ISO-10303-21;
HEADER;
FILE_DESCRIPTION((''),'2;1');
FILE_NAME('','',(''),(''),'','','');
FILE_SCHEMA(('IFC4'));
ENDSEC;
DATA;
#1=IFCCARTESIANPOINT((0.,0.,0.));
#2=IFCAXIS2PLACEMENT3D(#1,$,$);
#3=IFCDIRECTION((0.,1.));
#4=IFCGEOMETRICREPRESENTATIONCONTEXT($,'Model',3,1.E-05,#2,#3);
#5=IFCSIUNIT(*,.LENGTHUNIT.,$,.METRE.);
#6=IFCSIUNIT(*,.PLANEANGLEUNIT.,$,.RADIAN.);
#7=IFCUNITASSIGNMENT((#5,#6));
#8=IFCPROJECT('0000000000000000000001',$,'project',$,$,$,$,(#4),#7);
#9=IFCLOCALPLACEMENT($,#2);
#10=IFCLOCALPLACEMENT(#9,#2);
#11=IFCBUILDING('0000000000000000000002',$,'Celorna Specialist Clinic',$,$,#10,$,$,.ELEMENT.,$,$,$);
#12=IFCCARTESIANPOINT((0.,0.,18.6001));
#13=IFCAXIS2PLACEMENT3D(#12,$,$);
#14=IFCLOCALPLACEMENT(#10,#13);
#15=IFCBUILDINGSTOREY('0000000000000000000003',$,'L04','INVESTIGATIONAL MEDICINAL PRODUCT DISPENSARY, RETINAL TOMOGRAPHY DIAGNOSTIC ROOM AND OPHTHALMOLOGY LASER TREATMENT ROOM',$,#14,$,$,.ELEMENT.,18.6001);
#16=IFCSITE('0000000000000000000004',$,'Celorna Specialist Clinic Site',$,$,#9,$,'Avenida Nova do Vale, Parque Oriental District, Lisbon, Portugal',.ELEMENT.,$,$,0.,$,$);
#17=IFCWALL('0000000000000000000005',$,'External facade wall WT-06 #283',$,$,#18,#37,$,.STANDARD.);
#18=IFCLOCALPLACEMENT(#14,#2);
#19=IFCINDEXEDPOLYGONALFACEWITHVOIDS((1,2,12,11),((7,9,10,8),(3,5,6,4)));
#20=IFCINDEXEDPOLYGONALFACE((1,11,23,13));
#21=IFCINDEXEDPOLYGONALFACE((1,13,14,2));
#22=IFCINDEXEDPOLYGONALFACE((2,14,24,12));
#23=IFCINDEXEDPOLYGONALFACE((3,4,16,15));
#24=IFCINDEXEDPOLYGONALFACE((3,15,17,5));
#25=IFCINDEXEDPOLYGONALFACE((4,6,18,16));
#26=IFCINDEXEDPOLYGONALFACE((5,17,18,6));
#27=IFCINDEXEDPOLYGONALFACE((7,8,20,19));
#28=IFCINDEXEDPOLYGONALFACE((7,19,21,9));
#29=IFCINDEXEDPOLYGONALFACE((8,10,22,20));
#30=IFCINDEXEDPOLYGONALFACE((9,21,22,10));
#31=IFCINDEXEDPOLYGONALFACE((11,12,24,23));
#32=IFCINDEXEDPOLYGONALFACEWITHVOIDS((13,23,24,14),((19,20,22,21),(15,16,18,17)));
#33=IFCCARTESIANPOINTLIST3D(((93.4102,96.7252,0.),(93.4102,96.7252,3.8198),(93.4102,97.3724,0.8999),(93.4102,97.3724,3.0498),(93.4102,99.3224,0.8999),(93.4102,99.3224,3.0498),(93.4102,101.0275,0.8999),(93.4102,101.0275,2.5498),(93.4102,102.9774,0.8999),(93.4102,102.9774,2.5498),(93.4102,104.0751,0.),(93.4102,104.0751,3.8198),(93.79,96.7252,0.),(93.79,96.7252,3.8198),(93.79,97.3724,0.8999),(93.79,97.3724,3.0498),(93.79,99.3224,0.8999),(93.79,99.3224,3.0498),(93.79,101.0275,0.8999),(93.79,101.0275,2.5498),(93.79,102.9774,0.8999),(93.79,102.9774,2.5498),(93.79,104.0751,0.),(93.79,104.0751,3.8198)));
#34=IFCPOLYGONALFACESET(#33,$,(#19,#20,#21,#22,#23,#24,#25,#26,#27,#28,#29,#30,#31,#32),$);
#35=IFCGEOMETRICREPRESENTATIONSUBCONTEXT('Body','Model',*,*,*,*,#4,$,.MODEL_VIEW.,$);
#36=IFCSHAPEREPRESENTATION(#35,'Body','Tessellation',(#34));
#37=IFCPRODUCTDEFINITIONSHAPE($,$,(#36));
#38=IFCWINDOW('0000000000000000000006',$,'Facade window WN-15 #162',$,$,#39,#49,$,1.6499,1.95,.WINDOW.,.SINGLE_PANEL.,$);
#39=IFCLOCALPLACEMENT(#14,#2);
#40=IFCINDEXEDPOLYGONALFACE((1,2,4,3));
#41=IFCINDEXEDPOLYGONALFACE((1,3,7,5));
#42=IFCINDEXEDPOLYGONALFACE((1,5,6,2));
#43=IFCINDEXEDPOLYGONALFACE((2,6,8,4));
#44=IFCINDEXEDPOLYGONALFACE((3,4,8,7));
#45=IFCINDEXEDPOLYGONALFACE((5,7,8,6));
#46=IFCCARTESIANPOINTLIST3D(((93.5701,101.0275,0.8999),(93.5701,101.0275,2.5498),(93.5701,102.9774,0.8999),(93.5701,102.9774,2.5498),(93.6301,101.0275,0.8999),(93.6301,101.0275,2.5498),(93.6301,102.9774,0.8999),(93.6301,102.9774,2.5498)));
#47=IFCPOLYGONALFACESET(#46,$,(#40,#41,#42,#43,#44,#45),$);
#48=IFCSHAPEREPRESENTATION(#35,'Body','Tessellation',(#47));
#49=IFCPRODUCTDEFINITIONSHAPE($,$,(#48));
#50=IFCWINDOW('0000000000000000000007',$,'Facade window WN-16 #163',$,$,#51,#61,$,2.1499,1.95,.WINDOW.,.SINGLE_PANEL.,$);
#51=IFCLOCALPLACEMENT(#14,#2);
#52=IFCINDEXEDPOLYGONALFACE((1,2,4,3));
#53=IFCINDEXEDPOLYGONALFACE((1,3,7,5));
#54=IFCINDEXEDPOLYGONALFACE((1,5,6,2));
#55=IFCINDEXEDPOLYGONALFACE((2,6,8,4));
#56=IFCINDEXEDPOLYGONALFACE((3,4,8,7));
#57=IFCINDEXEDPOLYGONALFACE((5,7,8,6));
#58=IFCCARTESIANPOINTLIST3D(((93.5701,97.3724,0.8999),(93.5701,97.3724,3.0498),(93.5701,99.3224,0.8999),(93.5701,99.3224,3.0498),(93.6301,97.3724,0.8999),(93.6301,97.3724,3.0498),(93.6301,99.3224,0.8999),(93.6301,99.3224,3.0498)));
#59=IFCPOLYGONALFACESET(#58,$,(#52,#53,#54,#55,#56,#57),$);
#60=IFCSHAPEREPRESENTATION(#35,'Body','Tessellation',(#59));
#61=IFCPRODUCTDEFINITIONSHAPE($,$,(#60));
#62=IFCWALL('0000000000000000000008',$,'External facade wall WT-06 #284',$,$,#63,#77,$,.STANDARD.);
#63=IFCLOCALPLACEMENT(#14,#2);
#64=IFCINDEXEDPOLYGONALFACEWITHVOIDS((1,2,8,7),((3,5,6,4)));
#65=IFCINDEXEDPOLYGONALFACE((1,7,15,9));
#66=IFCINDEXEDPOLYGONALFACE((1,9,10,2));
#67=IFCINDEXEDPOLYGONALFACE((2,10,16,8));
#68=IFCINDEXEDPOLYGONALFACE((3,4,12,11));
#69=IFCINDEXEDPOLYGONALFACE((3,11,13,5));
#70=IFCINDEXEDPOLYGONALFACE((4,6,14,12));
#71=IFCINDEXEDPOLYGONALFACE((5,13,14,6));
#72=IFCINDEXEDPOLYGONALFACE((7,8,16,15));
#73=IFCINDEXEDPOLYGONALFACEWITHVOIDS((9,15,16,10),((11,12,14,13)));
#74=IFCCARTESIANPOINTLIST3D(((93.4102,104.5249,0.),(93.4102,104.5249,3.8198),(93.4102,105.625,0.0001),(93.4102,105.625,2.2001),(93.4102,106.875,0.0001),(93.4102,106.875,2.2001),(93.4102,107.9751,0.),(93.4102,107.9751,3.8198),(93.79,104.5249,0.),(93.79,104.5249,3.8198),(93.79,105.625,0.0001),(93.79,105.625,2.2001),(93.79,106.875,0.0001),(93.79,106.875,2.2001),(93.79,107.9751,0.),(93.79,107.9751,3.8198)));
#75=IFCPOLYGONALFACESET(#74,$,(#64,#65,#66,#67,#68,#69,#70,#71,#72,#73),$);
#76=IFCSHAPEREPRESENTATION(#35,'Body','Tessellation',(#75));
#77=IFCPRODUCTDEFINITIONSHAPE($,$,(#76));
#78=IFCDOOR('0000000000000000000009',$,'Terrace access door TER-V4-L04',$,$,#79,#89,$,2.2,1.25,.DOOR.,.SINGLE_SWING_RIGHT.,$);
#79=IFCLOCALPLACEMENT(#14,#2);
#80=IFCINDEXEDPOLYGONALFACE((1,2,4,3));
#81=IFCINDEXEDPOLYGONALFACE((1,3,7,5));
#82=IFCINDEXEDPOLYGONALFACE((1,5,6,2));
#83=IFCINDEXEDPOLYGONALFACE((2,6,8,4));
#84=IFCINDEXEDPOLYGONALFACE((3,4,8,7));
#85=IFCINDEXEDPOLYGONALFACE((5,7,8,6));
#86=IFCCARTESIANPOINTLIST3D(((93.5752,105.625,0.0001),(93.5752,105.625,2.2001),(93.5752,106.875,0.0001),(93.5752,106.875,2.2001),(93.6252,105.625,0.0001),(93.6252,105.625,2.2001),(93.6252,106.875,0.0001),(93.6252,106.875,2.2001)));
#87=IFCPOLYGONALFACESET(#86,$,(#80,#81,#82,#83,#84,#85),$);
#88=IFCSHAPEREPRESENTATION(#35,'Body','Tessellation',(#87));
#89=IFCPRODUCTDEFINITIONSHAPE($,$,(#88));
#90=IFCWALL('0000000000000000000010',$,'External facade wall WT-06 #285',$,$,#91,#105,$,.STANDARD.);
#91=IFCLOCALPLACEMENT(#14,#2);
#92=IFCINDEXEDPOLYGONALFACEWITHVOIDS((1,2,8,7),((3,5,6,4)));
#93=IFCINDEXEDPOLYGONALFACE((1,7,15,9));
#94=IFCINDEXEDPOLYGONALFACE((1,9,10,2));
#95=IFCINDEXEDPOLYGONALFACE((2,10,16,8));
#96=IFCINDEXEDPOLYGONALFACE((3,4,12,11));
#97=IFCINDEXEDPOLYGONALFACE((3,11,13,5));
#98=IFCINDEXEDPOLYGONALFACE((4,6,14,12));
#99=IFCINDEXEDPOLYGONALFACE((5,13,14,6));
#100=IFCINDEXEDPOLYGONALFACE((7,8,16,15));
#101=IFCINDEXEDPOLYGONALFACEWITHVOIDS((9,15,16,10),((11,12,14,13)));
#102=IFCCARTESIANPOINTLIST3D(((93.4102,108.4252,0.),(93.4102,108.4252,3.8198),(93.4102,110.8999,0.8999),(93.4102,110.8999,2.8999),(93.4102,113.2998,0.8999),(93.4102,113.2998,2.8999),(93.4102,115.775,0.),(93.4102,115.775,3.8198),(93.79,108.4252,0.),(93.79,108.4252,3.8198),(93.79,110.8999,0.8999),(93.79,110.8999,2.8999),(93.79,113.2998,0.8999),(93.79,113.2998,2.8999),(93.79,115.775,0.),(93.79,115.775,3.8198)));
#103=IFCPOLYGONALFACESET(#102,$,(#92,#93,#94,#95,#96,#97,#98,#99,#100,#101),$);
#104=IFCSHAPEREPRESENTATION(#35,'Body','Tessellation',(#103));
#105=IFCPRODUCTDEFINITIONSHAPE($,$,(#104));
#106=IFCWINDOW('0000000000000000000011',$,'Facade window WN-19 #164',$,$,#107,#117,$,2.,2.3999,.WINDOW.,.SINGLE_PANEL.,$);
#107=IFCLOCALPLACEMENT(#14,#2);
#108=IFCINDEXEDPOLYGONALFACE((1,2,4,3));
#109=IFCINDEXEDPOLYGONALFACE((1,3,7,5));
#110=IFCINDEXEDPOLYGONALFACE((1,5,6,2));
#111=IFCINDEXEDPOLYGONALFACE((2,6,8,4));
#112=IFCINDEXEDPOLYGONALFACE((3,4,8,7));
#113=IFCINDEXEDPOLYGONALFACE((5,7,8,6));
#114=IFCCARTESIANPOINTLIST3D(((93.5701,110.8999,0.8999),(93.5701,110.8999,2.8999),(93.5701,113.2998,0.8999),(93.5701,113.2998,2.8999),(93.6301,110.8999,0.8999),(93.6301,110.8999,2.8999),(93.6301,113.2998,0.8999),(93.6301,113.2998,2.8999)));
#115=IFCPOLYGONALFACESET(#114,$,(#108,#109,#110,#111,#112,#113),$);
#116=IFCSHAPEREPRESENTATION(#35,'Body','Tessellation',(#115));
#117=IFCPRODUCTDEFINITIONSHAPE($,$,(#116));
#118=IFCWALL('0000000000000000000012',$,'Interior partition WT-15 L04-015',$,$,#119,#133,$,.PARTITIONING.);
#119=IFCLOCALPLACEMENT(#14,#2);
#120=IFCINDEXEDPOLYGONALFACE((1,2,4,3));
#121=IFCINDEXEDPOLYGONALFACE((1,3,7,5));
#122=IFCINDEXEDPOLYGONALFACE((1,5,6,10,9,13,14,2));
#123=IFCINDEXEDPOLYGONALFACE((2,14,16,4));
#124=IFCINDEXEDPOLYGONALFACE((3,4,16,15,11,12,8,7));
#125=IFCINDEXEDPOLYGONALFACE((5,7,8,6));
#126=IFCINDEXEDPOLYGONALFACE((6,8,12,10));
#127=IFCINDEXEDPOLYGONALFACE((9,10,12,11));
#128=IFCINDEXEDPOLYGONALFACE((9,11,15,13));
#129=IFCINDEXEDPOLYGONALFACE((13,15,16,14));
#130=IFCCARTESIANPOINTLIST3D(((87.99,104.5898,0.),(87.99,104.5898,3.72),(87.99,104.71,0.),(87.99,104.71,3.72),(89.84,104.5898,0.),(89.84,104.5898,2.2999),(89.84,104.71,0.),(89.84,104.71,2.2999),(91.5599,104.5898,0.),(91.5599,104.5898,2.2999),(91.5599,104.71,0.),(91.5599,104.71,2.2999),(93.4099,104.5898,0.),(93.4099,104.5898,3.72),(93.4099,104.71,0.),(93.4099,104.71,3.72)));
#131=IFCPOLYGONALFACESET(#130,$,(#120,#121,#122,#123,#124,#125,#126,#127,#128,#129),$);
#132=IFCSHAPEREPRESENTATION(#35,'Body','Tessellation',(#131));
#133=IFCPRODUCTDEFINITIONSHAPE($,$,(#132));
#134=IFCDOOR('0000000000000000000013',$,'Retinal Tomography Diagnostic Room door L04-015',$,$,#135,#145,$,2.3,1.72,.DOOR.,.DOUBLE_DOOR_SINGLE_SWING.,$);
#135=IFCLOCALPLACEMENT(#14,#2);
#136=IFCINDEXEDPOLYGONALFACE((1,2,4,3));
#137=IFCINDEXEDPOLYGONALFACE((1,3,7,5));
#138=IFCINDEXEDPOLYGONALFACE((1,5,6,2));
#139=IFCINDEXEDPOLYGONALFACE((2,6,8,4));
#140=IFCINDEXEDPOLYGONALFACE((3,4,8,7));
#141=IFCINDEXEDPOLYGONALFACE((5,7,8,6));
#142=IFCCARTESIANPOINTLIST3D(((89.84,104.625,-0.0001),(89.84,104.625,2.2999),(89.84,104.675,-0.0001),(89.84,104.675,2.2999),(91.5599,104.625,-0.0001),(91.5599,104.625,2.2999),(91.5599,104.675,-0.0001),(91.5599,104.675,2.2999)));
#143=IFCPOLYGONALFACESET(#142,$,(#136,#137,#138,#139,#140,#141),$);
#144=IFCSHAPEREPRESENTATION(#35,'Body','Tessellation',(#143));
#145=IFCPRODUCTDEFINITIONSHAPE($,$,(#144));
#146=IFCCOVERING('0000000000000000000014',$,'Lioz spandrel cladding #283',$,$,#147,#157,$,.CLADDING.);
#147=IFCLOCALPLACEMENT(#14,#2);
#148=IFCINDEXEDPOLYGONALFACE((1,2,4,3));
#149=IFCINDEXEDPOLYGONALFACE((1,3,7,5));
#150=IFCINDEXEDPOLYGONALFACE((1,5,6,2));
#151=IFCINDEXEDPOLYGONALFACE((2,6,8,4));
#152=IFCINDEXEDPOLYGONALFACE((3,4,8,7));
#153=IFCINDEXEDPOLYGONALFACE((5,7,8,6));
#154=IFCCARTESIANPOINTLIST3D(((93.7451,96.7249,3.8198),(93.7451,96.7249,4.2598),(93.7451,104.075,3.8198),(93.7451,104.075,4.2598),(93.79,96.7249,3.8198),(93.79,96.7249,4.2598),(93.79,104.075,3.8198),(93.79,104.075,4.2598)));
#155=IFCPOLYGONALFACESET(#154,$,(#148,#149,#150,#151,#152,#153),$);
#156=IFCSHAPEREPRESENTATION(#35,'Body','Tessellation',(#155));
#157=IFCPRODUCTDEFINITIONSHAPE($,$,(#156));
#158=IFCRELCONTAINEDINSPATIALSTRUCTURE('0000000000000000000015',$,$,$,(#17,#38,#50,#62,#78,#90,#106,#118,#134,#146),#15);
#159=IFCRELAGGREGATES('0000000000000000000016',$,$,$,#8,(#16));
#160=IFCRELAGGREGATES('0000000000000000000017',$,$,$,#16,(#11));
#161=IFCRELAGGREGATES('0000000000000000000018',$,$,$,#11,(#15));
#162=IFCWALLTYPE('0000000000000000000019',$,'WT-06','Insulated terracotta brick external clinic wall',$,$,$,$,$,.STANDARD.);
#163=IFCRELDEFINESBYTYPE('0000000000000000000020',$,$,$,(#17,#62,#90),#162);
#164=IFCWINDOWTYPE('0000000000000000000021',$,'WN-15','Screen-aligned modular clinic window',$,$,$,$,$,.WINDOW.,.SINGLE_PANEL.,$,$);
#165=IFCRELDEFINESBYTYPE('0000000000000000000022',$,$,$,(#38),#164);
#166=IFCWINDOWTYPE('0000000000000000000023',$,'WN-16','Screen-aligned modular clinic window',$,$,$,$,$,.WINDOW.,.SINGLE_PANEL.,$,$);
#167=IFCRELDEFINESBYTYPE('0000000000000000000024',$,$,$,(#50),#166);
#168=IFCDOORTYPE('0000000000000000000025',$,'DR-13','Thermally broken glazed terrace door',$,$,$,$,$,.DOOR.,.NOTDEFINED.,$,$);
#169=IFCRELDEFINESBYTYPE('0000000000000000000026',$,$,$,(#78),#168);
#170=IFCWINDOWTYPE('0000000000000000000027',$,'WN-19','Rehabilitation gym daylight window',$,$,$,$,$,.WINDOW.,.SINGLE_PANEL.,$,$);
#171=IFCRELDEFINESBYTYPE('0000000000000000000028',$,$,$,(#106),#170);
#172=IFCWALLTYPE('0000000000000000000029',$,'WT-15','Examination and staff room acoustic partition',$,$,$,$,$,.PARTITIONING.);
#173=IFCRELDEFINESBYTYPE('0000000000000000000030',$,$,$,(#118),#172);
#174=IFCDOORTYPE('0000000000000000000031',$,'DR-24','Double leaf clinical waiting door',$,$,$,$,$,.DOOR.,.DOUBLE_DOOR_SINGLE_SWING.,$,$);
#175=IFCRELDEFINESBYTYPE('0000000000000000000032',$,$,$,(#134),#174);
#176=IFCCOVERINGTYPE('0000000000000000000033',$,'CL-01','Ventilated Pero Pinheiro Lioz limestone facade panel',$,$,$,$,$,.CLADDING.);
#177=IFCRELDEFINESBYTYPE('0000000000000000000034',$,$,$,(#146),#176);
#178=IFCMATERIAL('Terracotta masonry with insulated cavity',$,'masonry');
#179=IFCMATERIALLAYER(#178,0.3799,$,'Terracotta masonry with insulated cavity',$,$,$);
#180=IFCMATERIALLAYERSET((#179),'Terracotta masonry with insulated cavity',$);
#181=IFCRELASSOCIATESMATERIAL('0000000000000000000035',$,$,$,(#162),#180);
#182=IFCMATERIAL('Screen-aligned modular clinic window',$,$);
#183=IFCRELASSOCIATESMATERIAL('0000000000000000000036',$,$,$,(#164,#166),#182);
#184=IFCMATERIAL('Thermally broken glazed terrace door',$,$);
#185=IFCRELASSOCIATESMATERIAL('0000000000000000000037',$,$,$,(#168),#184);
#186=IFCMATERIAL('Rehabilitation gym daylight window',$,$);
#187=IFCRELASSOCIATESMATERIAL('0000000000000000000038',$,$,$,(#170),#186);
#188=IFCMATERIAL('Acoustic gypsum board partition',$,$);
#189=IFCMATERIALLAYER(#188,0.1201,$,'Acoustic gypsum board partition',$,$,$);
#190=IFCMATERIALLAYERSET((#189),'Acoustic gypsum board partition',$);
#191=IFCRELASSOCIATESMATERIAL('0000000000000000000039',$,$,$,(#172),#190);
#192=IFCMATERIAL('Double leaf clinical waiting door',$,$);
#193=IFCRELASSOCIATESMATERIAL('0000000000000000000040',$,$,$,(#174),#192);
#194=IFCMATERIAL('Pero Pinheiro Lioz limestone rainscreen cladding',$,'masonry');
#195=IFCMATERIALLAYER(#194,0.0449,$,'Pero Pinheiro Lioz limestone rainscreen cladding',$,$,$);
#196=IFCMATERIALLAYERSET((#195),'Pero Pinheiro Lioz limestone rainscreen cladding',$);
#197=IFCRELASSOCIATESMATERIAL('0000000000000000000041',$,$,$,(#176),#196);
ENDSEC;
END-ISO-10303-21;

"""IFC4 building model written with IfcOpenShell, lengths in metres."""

from ifc_helpers import new_model, si_unit, direction, frame, frame_2d, origin, origin_2d, place, context, subcontext, project, spatial, rectangle, extrude, material, layer, layer_set, type_object, element, fill, save


model = new_model("IFC4")

# Units and contexts
model_context = context("Model", 3, precision=1e-05, world=origin(), true_north=direction((0.0, 1.0)))
body_context = subcontext(model_context, "Body", "Model", "MODEL_VIEW")
ifc_project = project(units=[si_unit("LENGTHUNIT", "METRE"), si_unit("PLANEANGLEUNIT", "RADIAN")], contexts=[model_context])

# Site, building, storey
site_placement = place(None, origin())
site = spatial("IfcSite", under=ifc_project, at=site_placement, Name="Celorna Specialist Clinic Site", LongName="Avenida Nova do Vale, Parque Oriental District, Lisbon, Portugal", CompositionType="ELEMENT", RefElevation=0.0)
building_placement = place(site_placement, origin())
building = spatial("IfcBuilding", under=site, at=building_placement, Name="Celorna Specialist Clinic", CompositionType="ELEMENT")
storey_placement = place(building_placement, frame((0.0, 0.0, 18.6001)))
storey = spatial("IfcBuildingStorey", under=building, at=storey_placement, Name="L04", Description="INVESTIGATIONAL MEDICINAL PRODUCT DISPENSARY, RETINAL TOMOGRAPHY DIAGNOSTIC ROOM AND OPHTHALMOLOGY LASER TREATMENT ROOM", CompositionType="ELEMENT", Elevation=18.6001)

# Wall, openings, windows
ifc_material_1 = material(Name="Terracotta masonry with insulated cavity", Category="masonry")
ifc_layer_1 = layer(ifc_material_1, 0.3799, Name="Terracotta masonry with insulated cavity")
ifc_layer_set_1 = layer_set([ifc_layer_1], Name="Terracotta masonry with insulated cavity")
wall_type_1 = type_object("IfcWallType", Name="WT-06", Description="Insulated terracotta brick external clinic wall", PredefinedType="STANDARD", material=ifc_layer_set_1)
wall_1_placement = place(storey_placement, frame((93.6001, 104.075, 0.0), z_axis=(0.0, 0.0, 1.0), x_axis=(0.0, -1.0, 0.0)))
wall_1 = element("IfcWall", 1, at=wall_1_placement, inside=storey, type_object=wall_type_1, Name="External facade wall WT-06 #283", PredefinedType="STANDARD", context=body_context, shape_type="SweptSolid", body=[
    extrude(rectangle(XDim=7.3499, YDim=0.3799, at=frame_2d((3.6748, 0.0))), origin(), (0.0, 0.0, 1.0), 3.8198),
])
opening_1_placement = place(wall_1_placement, frame((1.0974, 0.0, 0.8999)))
opening_1 = element("IfcOpeningElement", 2, at=opening_1_placement, cuts=wall_1, PredefinedType="OPENING", context=body_context, shape_type="SweptSolid", body=[
    extrude(rectangle(XDim=1.95, YDim=1.6499, at=frame_2d((0.9751, 0.825))), frame((0.0, 0.2, 0.0), z_axis=(0.0, -1.0, 0.0), x_axis=(1.0, 0.0, 0.0)), (0.0, 0.0, 1.0), 0.3999),
])
opening_2_placement = place(wall_1_placement, frame((4.7524, 0.0, 0.8999)))
opening_2 = element("IfcOpeningElement", 3, at=opening_2_placement, cuts=wall_1, PredefinedType="OPENING", context=body_context, shape_type="SweptSolid", body=[
    extrude(rectangle(XDim=1.95, YDim=2.1499, at=frame_2d((0.9751, 1.075))), frame((0.0, 0.2, 0.0), z_axis=(0.0, -1.0, 0.0), x_axis=(1.0, 0.0, 0.0)), (0.0, 0.0, 1.0), 0.3999),
])
ifc_material_2 = material(Name="Screen-aligned modular clinic window")
window_type_1 = type_object("IfcWindowType", Name="WN-15", Description="Screen-aligned modular clinic window", PartitioningType="SINGLE_PANEL", PredefinedType="WINDOW", material=ifc_material_2)
window_1_placement = place(opening_1_placement, origin())
window_1 = element("IfcWindow", 4, at=window_1_placement, inside=storey, type_object=window_type_1, Name="Facade window WN-15 #162", OverallHeight=1.6499, OverallWidth=1.95, PartitioningType="SINGLE_PANEL", PredefinedType="WINDOW", context=body_context, shape_type="SweptSolid", body=[
    extrude(rectangle(XDim=1.95, YDim=1.6499, at=frame_2d((0.9751, 0.825))), frame((0.0, 0.03, 0.0), z_axis=(0.0, -1.0, 0.0), x_axis=(1.0, 0.0, 0.0)), (0.0, 0.0, 1.0), 0.0601),
])
fill(opening_1, window_1)
window_type_2 = type_object("IfcWindowType", Name="WN-16", Description="Screen-aligned modular clinic window", PartitioningType="SINGLE_PANEL", PredefinedType="WINDOW", material=ifc_material_2)
window_2_placement = place(opening_2_placement, origin())
window_2 = element("IfcWindow", 5, at=window_2_placement, inside=storey, type_object=window_type_2, Name="Facade window WN-16 #163", OverallHeight=2.1499, OverallWidth=1.95, PartitioningType="SINGLE_PANEL", PredefinedType="WINDOW", context=body_context, shape_type="SweptSolid", body=[
    extrude(rectangle(XDim=1.95, YDim=2.1499, at=frame_2d((0.9751, 1.075))), frame((0.0, 0.03, 0.0), z_axis=(0.0, -1.0, 0.0), x_axis=(1.0, 0.0, 0.0)), (0.0, 0.0, 1.0), 0.0601),
])
fill(opening_2, window_2)

# Wall, opening, door
wall_2_placement = place(storey_placement, frame((93.6001, 107.9751, 0.0), z_axis=(0.0, 0.0, 1.0), x_axis=(0.0, -1.0, 0.0)))
wall_2 = element("IfcWall", 6, at=wall_2_placement, inside=storey, type_object=wall_type_1, Name="External facade wall WT-06 #284", PredefinedType="STANDARD", context=body_context, shape_type="SweptSolid", body=[
    extrude(rectangle(XDim=3.4502, YDim=0.3799, at=frame_2d((1.7251, 0.0))), origin(), (0.0, 0.0, 1.0), 3.8198),
])
opening_3_placement = place(wall_2_placement, frame((1.1001, 0.0, 0.0)))
opening_3 = element("IfcOpeningElement", 7, at=opening_3_placement, cuts=wall_2, PredefinedType="OPENING", context=body_context, shape_type="SweptSolid", body=[
    extrude(rectangle(XDim=1.25, YDim=2.2, at=frame_2d((0.625, 1.1001))), frame((0.0, 0.2, 0.0), z_axis=(0.0, -1.0, 0.0), x_axis=(1.0, 0.0, 0.0)), (0.0, 0.0, 1.0), 0.3999),
])
ifc_material_3 = material(Name="Thermally broken glazed terrace door")
door_type_1 = type_object("IfcDoorType", Name="DR-13", Description="Thermally broken glazed terrace door", OperationType="NOTDEFINED", PredefinedType="DOOR", material=ifc_material_3)
door_1_placement = place(opening_3_placement, frame((1.25, 0.0, 0.0), z_axis=(0.0, 0.0, 1.0), x_axis=(-1.0, 0.0, 0.0)))
door_1 = element("IfcDoor", 8, at=door_1_placement, inside=storey, type_object=door_type_1, Name="Terrace access door TER-V4-L04", OperationType="SINGLE_SWING_RIGHT", OverallHeight=2.2, OverallWidth=1.25, PredefinedType="DOOR", context=body_context, shape_type="SweptSolid", body=[
    extrude(rectangle(XDim=1.25, YDim=2.2, at=frame_2d((0.625, 1.1001))), frame((0.0, 0.0249, 0.0), z_axis=(0.0, -1.0, 0.0), x_axis=(1.0, 0.0, 0.0)), (0.0, 0.0, 1.0), 0.05),
])
fill(opening_3, door_1)

# Wall, opening, window
wall_3_placement = place(storey_placement, frame((93.6001, 115.7749, 0.0), z_axis=(0.0, 0.0, 1.0), x_axis=(0.0, -1.0, 0.0)))
wall_3 = element("IfcWall", 9, at=wall_3_placement, inside=storey, type_object=wall_type_1, Name="External facade wall WT-06 #285", PredefinedType="STANDARD", context=body_context, shape_type="SweptSolid", body=[
    extrude(rectangle(XDim=7.3499, YDim=0.3799, at=frame_2d((3.6748, 0.0))), origin(), (0.0, 0.0, 1.0), 3.8198),
])
opening_4_placement = place(wall_3_placement, frame((2.4751, 0.0, 0.8999)))
opening_4 = element("IfcOpeningElement", 10, at=opening_4_placement, cuts=wall_3, PredefinedType="OPENING", context=body_context, shape_type="SweptSolid", body=[
    extrude(rectangle(XDim=2.3999, YDim=2.0, at=frame_2d((1.2, 1.0))), frame((0.0, 0.2, 0.0), z_axis=(0.0, -1.0, 0.0), x_axis=(1.0, 0.0, 0.0)), (0.0, 0.0, 1.0), 0.3999),
])
ifc_material_4 = material(Name="Rehabilitation gym daylight window")
window_type_3 = type_object("IfcWindowType", Name="WN-19", Description="Rehabilitation gym daylight window", PartitioningType="SINGLE_PANEL", PredefinedType="WINDOW", material=ifc_material_4)
window_3_placement = place(opening_4_placement, origin())
window_3 = element("IfcWindow", 11, at=window_3_placement, inside=storey, type_object=window_type_3, Name="Facade window WN-19 #164", OverallHeight=2.0, OverallWidth=2.3999, PartitioningType="SINGLE_PANEL", PredefinedType="WINDOW", context=body_context, shape_type="SweptSolid", body=[
    extrude(rectangle(XDim=2.3999, YDim=2.0, at=frame_2d((1.2, 1.0))), frame((0.0, 0.03, 0.0), z_axis=(0.0, -1.0, 0.0), x_axis=(1.0, 0.0, 0.0)), (0.0, 0.0, 1.0), 0.0601),
])
fill(opening_4, window_3)

# Wall, opening, door
ifc_material_5 = material(Name="Acoustic gypsum board partition")
ifc_layer_2 = layer(ifc_material_5, 0.1201, Name="Acoustic gypsum board partition")
ifc_layer_set_2 = layer_set([ifc_layer_2], Name="Acoustic gypsum board partition")
wall_type_2 = type_object("IfcWallType", Name="WT-15", Description="Examination and staff room acoustic partition", PredefinedType="PARTITIONING", material=ifc_layer_set_2)
wall_4_placement = place(storey_placement, frame((93.4099, 104.6499, 0.0), z_axis=(0.0, 0.0, 1.0), x_axis=(-1.0, 0.0, 0.0)))
wall_4 = element("IfcWall", 12, at=wall_4_placement, inside=storey, type_object=wall_type_2, Name="Interior partition WT-15 L04-015", PredefinedType="PARTITIONING", context=body_context, shape_type="SweptSolid", body=[
    extrude(rectangle(XDim=5.4199, YDim=0.1201, at=frame_2d((2.71, 0.0))), origin(), (0.0, 0.0, 1.0), 3.72),
])
opening_5_placement = place(wall_4_placement, frame((1.8501, 0.0, 0.0)))
opening_5 = element("IfcOpeningElement", 13, at=opening_5_placement, cuts=wall_4, PredefinedType="OPENING", context=body_context, shape_type="SweptSolid", body=[
    extrude(rectangle(XDim=1.72, YDim=2.3, at=frame_2d((0.8599, 1.1499))), frame((0.0, 0.0701, 0.0), z_axis=(0.0, -1.0, 0.0), x_axis=(1.0, 0.0, 0.0)), (0.0, 0.0, 1.0), 0.1401),
])
ifc_material_6 = material(Name="Double leaf clinical waiting door")
door_type_2 = type_object("IfcDoorType", Name="DR-24", Description="Double leaf clinical waiting door", OperationType="DOUBLE_DOOR_SINGLE_SWING", PredefinedType="DOOR", material=ifc_material_6)
door_2_placement = place(opening_5_placement, origin())
door_2 = element("IfcDoor", 14, at=door_2_placement, inside=storey, type_object=door_type_2, Name="Retinal Tomography Diagnostic Room door L04-015", OperationType="DOUBLE_DOOR_SINGLE_SWING", OverallHeight=2.3, OverallWidth=1.72, PredefinedType="DOOR", context=body_context, shape_type="SweptSolid", body=[
    extrude(rectangle(XDim=1.72, YDim=2.3, at=frame_2d((0.8599, 1.1499))), frame((0.0, 0.0249, 0.0), z_axis=(0.0, -1.0, 0.0), x_axis=(1.0, 0.0, 0.0)), (0.0, 0.0, 1.0), 0.05),
])
fill(opening_5, door_2)

# Covering
ifc_material_7 = material(Name="Pero Pinheiro Lioz limestone rainscreen cladding", Category="masonry")
ifc_layer_3 = layer(ifc_material_7, 0.0449, Name="Pero Pinheiro Lioz limestone rainscreen cladding")
ifc_layer_set_3 = layer_set([ifc_layer_3], Name="Pero Pinheiro Lioz limestone rainscreen cladding")
covering_type = type_object("IfcCoveringType", Name="CL-01", Description="Ventilated Pero Pinheiro Lioz limestone facade panel", PredefinedType="CLADDING", material=ifc_layer_set_3)
covering_1_placement = place(storey_placement, frame((93.7676, 100.3999, 3.8198), z_axis=(0.0, 0.0, 1.0), x_axis=(0.0, -1.0, 0.0)))
element("IfcCovering", 15, at=covering_1_placement, inside=storey, type_object=covering_type, Name="Lioz spandrel cladding #283", PredefinedType="CLADDING", context=body_context, shape_type="SweptSolid", body=[
    extrude(rectangle(XDim=7.3501, YDim=0.0449, at=origin_2d()), origin(), (0.0, 0.0, 1.0), 0.4399),
])

save(model, "model.ifc")
